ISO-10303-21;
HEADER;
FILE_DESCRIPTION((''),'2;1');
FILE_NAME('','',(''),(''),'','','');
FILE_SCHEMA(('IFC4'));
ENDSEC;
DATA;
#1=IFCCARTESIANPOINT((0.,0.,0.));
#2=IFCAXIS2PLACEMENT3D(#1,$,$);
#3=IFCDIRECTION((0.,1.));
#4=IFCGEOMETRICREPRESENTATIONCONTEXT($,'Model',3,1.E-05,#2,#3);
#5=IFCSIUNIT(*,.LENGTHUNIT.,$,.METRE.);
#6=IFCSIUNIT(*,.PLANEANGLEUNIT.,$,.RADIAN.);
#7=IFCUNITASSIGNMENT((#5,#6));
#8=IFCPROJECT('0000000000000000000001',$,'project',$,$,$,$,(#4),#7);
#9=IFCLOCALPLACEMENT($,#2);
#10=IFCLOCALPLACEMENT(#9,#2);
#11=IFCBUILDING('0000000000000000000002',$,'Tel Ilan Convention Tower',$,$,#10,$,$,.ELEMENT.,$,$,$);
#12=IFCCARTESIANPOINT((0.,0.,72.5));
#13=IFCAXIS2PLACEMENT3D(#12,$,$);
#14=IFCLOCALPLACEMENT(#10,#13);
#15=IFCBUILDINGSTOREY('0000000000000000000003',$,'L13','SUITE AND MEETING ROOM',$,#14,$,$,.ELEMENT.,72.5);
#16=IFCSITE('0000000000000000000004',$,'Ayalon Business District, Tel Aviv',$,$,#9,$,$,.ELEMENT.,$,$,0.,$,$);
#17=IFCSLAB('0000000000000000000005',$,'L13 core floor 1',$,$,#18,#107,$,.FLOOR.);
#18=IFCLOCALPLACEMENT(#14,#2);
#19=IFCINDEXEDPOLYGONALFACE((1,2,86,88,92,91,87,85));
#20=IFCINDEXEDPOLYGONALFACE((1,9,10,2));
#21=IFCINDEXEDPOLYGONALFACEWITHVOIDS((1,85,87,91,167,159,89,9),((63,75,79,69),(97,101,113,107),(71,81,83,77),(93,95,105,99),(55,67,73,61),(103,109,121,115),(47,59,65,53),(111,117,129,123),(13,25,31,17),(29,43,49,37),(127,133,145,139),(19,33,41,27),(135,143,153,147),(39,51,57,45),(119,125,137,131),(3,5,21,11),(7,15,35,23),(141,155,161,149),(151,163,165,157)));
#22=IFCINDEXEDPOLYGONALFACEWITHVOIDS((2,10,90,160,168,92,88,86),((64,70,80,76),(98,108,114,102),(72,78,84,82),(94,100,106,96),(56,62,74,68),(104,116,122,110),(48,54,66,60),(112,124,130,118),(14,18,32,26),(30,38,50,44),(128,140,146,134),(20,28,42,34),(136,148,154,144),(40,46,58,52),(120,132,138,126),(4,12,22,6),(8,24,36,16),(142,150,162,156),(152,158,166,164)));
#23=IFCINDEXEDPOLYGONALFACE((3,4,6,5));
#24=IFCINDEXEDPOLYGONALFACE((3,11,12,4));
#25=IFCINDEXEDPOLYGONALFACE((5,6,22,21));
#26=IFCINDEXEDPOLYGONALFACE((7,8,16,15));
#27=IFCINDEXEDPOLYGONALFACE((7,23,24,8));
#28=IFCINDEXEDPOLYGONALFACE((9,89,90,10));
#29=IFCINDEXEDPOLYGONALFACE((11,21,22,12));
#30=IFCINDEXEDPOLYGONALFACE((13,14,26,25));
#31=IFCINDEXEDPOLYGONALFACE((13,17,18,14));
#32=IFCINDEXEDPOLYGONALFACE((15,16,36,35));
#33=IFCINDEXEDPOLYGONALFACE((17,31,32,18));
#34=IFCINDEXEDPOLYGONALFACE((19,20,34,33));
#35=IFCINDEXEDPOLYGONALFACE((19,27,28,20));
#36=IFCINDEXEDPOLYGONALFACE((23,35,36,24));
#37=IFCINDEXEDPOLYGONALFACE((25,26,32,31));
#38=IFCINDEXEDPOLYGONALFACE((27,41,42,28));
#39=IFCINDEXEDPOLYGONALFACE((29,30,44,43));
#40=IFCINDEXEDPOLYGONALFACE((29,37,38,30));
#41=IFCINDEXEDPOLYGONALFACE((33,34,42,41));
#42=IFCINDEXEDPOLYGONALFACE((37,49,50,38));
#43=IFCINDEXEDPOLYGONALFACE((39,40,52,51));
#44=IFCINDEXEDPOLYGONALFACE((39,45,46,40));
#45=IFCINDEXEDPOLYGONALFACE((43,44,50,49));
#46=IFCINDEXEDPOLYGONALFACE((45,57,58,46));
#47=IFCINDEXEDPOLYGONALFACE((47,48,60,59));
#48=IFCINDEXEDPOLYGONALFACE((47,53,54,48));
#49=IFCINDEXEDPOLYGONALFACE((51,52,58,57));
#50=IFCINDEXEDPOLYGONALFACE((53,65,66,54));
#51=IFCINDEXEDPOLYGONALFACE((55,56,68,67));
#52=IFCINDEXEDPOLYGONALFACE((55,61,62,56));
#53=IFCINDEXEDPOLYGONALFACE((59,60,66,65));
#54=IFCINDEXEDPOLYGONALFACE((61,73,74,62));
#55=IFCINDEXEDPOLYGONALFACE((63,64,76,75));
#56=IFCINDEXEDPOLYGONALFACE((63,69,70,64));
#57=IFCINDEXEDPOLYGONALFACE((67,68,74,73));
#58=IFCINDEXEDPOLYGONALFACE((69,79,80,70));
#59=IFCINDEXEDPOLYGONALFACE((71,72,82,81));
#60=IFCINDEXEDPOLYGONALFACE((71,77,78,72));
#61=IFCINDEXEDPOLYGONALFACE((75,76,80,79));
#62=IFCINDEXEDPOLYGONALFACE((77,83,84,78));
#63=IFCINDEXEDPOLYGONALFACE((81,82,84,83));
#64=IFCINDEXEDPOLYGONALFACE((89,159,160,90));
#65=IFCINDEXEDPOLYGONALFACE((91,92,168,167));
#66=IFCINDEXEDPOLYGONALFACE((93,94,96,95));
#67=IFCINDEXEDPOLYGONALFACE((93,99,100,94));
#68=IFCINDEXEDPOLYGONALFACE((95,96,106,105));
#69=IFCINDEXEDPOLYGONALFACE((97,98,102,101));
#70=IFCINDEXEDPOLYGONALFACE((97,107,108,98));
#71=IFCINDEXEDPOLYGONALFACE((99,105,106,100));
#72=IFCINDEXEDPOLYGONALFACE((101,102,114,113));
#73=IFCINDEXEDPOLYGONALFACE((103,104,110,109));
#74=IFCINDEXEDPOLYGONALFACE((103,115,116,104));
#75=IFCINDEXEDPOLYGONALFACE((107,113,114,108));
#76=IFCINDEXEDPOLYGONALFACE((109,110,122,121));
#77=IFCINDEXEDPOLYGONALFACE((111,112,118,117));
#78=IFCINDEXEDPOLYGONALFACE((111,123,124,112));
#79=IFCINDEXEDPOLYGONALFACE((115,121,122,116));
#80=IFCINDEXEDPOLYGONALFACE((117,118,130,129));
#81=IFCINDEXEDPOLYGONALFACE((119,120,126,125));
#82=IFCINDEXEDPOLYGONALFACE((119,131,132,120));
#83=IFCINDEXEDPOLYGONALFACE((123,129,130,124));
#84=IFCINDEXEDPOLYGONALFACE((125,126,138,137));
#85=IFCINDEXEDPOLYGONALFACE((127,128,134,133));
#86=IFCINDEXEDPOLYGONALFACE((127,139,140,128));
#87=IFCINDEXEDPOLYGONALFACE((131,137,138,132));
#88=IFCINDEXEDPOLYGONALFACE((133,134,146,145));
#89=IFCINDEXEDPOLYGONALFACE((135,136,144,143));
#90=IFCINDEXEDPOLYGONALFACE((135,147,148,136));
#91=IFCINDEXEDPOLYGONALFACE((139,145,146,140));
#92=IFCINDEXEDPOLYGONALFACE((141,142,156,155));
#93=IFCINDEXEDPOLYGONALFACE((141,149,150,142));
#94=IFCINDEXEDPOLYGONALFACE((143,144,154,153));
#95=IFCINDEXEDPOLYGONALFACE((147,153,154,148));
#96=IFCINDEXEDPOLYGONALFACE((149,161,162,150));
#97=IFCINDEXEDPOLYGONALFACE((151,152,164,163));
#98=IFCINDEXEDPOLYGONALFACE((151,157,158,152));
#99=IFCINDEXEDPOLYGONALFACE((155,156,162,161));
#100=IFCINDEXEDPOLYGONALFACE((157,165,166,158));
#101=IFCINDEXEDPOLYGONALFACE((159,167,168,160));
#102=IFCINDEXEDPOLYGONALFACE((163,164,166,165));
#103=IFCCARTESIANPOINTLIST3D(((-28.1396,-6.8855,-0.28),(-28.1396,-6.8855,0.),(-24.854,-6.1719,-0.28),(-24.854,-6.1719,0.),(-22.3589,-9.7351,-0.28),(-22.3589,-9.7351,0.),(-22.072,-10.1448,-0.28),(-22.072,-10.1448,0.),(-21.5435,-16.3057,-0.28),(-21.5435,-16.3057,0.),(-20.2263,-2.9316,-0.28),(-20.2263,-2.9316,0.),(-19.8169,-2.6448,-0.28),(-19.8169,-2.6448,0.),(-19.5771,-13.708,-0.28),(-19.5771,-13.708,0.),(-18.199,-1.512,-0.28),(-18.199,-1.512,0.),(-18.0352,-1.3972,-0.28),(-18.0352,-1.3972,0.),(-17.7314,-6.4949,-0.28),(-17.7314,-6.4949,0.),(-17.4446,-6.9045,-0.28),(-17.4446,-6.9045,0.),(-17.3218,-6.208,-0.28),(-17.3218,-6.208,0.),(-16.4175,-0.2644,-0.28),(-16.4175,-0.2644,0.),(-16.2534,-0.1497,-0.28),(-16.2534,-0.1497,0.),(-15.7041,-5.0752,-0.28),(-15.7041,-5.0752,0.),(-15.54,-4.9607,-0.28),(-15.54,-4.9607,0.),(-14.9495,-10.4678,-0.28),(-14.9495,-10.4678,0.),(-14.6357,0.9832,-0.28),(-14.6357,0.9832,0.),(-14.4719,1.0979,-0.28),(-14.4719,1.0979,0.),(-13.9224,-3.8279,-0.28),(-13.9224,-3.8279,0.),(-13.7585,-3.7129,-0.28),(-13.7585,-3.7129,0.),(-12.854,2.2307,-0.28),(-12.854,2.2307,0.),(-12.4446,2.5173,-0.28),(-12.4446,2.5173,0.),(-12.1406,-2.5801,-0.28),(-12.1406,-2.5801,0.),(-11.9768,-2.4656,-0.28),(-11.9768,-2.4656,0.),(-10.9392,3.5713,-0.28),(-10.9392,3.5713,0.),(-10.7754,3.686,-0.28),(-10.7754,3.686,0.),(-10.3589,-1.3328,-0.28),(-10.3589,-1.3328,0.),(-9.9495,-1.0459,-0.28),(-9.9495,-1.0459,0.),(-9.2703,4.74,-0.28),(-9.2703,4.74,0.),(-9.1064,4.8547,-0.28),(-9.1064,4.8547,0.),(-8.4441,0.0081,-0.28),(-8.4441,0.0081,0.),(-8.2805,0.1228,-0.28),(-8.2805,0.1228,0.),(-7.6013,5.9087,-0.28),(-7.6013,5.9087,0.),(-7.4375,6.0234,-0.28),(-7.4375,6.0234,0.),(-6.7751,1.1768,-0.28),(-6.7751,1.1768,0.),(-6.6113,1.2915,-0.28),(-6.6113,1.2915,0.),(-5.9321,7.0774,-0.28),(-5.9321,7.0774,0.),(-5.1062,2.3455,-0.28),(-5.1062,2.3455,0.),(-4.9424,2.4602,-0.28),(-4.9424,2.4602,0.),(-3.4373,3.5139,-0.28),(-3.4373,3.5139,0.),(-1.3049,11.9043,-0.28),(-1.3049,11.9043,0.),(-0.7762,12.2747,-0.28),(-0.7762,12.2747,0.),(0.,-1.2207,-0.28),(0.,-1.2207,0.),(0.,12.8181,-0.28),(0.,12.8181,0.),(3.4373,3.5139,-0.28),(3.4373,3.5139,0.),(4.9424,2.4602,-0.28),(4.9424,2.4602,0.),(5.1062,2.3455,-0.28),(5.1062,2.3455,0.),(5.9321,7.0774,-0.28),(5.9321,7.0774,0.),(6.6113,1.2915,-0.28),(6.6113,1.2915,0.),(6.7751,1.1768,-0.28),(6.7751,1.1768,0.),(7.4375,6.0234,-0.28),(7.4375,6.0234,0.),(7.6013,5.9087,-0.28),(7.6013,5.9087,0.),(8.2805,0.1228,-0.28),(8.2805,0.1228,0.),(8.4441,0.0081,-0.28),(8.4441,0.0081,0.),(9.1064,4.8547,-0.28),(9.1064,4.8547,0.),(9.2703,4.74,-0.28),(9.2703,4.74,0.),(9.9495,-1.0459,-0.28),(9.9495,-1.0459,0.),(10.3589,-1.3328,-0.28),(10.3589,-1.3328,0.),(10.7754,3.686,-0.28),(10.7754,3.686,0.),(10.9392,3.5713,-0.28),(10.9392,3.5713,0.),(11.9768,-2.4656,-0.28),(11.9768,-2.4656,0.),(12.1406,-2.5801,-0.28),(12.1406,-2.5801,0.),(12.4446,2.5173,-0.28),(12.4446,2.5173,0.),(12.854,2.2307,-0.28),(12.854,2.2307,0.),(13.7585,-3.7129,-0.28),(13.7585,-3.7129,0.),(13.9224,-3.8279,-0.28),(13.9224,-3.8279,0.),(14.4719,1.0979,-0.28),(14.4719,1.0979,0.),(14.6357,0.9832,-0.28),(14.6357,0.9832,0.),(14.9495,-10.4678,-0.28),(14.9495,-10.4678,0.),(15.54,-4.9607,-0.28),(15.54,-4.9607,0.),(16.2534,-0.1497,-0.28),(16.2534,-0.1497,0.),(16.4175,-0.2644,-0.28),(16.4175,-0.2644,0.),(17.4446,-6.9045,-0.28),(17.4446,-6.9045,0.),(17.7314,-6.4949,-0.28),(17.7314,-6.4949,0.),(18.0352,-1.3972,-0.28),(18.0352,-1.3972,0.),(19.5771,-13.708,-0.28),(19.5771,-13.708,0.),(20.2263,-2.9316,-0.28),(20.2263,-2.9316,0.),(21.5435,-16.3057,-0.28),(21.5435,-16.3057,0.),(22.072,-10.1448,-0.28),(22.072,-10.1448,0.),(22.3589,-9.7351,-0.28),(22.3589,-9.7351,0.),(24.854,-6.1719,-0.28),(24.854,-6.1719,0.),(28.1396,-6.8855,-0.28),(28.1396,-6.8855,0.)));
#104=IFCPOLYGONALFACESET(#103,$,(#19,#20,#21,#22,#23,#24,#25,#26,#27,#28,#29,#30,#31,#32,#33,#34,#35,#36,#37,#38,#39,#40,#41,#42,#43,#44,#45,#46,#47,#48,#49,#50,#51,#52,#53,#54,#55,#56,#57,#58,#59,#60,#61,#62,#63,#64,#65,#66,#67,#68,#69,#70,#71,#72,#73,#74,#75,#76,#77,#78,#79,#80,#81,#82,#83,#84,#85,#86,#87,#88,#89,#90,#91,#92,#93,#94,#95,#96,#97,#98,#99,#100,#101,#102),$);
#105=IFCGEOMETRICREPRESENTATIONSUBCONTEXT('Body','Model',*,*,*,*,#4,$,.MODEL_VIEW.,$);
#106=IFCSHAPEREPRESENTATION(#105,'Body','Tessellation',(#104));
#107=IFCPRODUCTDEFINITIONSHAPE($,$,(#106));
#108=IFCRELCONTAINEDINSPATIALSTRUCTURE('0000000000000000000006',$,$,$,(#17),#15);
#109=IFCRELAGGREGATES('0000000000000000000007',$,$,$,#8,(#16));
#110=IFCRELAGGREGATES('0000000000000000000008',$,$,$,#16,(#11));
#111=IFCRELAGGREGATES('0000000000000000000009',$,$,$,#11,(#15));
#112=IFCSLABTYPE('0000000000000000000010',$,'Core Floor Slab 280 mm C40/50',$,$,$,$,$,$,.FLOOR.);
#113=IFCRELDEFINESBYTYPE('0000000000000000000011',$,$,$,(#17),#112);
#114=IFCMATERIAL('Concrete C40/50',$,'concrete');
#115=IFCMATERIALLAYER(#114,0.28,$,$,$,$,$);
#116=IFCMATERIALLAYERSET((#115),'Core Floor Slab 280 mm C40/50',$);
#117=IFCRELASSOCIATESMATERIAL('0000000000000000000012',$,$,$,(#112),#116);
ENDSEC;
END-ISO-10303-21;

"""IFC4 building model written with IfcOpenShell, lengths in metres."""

from ifc_helpers import new_model, si_unit, direction, frame, origin, place, context, subcontext, project, spatial, polyline, outline, extrude, material, layer, layer_set, type_object, element, save


model = new_model("IFC4")

# Units and contexts
model_context = context("Model", 3, precision=1e-05, world=origin(), true_north=direction((0.0, 1.0)))
body_context = subcontext(model_context, "Body", "Model", "MODEL_VIEW")
ifc_project = project(units=[si_unit("LENGTHUNIT", "METRE"), si_unit("PLANEANGLEUNIT", "RADIAN")], contexts=[model_context])

# Site, building, storey
site_placement = place(None, origin())
site = spatial("IfcSite", under=ifc_project, at=site_placement, Name="Ayalon Business District, Tel Aviv", CompositionType="ELEMENT", RefElevation=0.0)
building_placement = place(site_placement, origin())
building = spatial("IfcBuilding", under=site, at=building_placement, Name="Tel Ilan Convention Tower", CompositionType="ELEMENT")
storey_placement = place(building_placement, frame((0.0, 0.0, 72.5)))
storey = spatial("IfcBuildingStorey", under=building, at=storey_placement, Name="L13", Description="SUITE AND MEETING ROOM", CompositionType="ELEMENT", Elevation=72.5)

# Slab
ifc_material_1 = material(Name="Concrete C40/50", Category="concrete")
ifc_layer_1 = layer(ifc_material_1, 0.28)
ifc_layer_set_1 = layer_set([ifc_layer_1], Name="Core Floor Slab 280 mm C40/50")
slab_type_1 = type_object("IfcSlabType", Name="Core Floor Slab 280 mm C40/50", PredefinedType="FLOOR", material=ifc_layer_set_1)
slab_1_placement = place(storey_placement, frame((0.0, 0.0, -0.28)))
element("IfcSlab", 1, at=slab_1_placement, inside=storey, type_object=slab_type_1, Name="L13 core floor 1", PredefinedType="FLOOR", context=body_context, shape_type="SweptSolid", body=[
    extrude(outline(polyline([(-0.2412, 12.6494), (-1.021, 12.1033), (0.0, 12.8181), (28.1396, -6.8855), (21.5435, -16.3057), (0.0, -1.2207), (-21.5435, -16.3057), (-28.1396, -6.8855), (-1.3049, 11.9043), (-0.2412, 12.6494), (-6.1907, 8.4834), (-0.2412, 12.6494)]), holes=[polyline([(-14.9495, -10.4678), (-17.4446, -6.9045), (-22.072, -10.1448), (-19.5771, -13.708), (-14.9495, -10.4678)]), polyline([(-17.7314, -6.4949), (-20.2263, -2.9316), (-24.854, -6.1719), (-22.3589, -9.7351), (-17.7314, -6.4949)]), polyline([(-18.199, -1.512), (-19.8169, -2.6448), (-17.3218, -6.208), (-15.7041, -5.0752), (-18.199, -1.512)]), polyline([(-16.4175, -0.2644), (-18.0352, -1.3972), (-15.54, -4.9607), (-13.9224, -3.8279), (-16.4175, -0.2644)]), polyline([(-14.6357, 0.9832), (-16.2534, -0.1497), (-13.7585, -3.7129), (-12.1406, -2.5801), (-14.6357, 0.9832)]), polyline([(-12.854, 2.2307), (-14.4719, 1.0979), (-11.9768, -2.4656), (-10.3589, -1.3328), (-12.854, 2.2307)]), polyline([(-10.9392, 3.5713), (-12.4446, 2.5173), (-9.9495, -1.0459), (-8.4441, 0.0081), (-10.9392, 3.5713)]), polyline([(-6.7751, 1.1768), (-9.2703, 4.74), (-10.7754, 3.686), (-8.2805, 0.1228), (-6.7751, 1.1768)]), polyline([(-5.1062, 2.3455), (-7.6013, 5.9087), (-9.1064, 4.8547), (-6.6113, 1.2915), (-5.1062, 2.3455)]), polyline([(-5.9321, 7.0774), (-7.4375, 6.0234), (-4.9424, 2.4602), (-3.4373, 3.5139), (-5.9321, 7.0774)]), polyline([(17.4446, -6.9045), (14.9495, -10.4678), (19.5771, -13.708), (22.072, -10.1448), (17.4446, -6.9045)]), polyline([(20.2263, -2.9316), (17.7314, -6.4949), (22.3589, -9.7351), (24.854, -6.1719), (20.2263, -2.9316)]), polyline([(13.9224, -3.8279), (15.54, -4.9607), (18.0352, -1.3972), (16.4175, -0.2644), (13.9224, -3.8279)]), polyline([(12.1406, -2.5801), (13.7585, -3.7129), (16.2534, -0.1497), (14.6357, 0.9832), (12.1406, -2.5801)]), polyline([(11.9768, -2.4656), (14.4719, 1.0979), (12.854, 2.2307), (10.3589, -1.3328), (11.9768, -2.4656)]), polyline([(9.9495, -1.0459), (12.4446, 2.5173), (10.9392, 3.5713), (8.4441, 0.0081), (9.9495, -1.0459)]), polyline([(8.2805, 0.1228), (10.7754, 3.686), (9.2703, 4.74), (6.7751, 1.1768), (8.2805, 0.1228)]), polyline([(5.1062, 2.3455), (6.6113, 1.2915), (9.1064, 4.8547), (7.6013, 5.9087), (5.1062, 2.3455)]), polyline([(3.4373, 3.5139), (4.9424, 2.4602), (7.4375, 6.0234), (5.9321, 7.0774), (3.4373, 3.5139)])]), origin(), (0.0, 0.0, 1.0), 0.28),
])

save(model, "model.ifc")
